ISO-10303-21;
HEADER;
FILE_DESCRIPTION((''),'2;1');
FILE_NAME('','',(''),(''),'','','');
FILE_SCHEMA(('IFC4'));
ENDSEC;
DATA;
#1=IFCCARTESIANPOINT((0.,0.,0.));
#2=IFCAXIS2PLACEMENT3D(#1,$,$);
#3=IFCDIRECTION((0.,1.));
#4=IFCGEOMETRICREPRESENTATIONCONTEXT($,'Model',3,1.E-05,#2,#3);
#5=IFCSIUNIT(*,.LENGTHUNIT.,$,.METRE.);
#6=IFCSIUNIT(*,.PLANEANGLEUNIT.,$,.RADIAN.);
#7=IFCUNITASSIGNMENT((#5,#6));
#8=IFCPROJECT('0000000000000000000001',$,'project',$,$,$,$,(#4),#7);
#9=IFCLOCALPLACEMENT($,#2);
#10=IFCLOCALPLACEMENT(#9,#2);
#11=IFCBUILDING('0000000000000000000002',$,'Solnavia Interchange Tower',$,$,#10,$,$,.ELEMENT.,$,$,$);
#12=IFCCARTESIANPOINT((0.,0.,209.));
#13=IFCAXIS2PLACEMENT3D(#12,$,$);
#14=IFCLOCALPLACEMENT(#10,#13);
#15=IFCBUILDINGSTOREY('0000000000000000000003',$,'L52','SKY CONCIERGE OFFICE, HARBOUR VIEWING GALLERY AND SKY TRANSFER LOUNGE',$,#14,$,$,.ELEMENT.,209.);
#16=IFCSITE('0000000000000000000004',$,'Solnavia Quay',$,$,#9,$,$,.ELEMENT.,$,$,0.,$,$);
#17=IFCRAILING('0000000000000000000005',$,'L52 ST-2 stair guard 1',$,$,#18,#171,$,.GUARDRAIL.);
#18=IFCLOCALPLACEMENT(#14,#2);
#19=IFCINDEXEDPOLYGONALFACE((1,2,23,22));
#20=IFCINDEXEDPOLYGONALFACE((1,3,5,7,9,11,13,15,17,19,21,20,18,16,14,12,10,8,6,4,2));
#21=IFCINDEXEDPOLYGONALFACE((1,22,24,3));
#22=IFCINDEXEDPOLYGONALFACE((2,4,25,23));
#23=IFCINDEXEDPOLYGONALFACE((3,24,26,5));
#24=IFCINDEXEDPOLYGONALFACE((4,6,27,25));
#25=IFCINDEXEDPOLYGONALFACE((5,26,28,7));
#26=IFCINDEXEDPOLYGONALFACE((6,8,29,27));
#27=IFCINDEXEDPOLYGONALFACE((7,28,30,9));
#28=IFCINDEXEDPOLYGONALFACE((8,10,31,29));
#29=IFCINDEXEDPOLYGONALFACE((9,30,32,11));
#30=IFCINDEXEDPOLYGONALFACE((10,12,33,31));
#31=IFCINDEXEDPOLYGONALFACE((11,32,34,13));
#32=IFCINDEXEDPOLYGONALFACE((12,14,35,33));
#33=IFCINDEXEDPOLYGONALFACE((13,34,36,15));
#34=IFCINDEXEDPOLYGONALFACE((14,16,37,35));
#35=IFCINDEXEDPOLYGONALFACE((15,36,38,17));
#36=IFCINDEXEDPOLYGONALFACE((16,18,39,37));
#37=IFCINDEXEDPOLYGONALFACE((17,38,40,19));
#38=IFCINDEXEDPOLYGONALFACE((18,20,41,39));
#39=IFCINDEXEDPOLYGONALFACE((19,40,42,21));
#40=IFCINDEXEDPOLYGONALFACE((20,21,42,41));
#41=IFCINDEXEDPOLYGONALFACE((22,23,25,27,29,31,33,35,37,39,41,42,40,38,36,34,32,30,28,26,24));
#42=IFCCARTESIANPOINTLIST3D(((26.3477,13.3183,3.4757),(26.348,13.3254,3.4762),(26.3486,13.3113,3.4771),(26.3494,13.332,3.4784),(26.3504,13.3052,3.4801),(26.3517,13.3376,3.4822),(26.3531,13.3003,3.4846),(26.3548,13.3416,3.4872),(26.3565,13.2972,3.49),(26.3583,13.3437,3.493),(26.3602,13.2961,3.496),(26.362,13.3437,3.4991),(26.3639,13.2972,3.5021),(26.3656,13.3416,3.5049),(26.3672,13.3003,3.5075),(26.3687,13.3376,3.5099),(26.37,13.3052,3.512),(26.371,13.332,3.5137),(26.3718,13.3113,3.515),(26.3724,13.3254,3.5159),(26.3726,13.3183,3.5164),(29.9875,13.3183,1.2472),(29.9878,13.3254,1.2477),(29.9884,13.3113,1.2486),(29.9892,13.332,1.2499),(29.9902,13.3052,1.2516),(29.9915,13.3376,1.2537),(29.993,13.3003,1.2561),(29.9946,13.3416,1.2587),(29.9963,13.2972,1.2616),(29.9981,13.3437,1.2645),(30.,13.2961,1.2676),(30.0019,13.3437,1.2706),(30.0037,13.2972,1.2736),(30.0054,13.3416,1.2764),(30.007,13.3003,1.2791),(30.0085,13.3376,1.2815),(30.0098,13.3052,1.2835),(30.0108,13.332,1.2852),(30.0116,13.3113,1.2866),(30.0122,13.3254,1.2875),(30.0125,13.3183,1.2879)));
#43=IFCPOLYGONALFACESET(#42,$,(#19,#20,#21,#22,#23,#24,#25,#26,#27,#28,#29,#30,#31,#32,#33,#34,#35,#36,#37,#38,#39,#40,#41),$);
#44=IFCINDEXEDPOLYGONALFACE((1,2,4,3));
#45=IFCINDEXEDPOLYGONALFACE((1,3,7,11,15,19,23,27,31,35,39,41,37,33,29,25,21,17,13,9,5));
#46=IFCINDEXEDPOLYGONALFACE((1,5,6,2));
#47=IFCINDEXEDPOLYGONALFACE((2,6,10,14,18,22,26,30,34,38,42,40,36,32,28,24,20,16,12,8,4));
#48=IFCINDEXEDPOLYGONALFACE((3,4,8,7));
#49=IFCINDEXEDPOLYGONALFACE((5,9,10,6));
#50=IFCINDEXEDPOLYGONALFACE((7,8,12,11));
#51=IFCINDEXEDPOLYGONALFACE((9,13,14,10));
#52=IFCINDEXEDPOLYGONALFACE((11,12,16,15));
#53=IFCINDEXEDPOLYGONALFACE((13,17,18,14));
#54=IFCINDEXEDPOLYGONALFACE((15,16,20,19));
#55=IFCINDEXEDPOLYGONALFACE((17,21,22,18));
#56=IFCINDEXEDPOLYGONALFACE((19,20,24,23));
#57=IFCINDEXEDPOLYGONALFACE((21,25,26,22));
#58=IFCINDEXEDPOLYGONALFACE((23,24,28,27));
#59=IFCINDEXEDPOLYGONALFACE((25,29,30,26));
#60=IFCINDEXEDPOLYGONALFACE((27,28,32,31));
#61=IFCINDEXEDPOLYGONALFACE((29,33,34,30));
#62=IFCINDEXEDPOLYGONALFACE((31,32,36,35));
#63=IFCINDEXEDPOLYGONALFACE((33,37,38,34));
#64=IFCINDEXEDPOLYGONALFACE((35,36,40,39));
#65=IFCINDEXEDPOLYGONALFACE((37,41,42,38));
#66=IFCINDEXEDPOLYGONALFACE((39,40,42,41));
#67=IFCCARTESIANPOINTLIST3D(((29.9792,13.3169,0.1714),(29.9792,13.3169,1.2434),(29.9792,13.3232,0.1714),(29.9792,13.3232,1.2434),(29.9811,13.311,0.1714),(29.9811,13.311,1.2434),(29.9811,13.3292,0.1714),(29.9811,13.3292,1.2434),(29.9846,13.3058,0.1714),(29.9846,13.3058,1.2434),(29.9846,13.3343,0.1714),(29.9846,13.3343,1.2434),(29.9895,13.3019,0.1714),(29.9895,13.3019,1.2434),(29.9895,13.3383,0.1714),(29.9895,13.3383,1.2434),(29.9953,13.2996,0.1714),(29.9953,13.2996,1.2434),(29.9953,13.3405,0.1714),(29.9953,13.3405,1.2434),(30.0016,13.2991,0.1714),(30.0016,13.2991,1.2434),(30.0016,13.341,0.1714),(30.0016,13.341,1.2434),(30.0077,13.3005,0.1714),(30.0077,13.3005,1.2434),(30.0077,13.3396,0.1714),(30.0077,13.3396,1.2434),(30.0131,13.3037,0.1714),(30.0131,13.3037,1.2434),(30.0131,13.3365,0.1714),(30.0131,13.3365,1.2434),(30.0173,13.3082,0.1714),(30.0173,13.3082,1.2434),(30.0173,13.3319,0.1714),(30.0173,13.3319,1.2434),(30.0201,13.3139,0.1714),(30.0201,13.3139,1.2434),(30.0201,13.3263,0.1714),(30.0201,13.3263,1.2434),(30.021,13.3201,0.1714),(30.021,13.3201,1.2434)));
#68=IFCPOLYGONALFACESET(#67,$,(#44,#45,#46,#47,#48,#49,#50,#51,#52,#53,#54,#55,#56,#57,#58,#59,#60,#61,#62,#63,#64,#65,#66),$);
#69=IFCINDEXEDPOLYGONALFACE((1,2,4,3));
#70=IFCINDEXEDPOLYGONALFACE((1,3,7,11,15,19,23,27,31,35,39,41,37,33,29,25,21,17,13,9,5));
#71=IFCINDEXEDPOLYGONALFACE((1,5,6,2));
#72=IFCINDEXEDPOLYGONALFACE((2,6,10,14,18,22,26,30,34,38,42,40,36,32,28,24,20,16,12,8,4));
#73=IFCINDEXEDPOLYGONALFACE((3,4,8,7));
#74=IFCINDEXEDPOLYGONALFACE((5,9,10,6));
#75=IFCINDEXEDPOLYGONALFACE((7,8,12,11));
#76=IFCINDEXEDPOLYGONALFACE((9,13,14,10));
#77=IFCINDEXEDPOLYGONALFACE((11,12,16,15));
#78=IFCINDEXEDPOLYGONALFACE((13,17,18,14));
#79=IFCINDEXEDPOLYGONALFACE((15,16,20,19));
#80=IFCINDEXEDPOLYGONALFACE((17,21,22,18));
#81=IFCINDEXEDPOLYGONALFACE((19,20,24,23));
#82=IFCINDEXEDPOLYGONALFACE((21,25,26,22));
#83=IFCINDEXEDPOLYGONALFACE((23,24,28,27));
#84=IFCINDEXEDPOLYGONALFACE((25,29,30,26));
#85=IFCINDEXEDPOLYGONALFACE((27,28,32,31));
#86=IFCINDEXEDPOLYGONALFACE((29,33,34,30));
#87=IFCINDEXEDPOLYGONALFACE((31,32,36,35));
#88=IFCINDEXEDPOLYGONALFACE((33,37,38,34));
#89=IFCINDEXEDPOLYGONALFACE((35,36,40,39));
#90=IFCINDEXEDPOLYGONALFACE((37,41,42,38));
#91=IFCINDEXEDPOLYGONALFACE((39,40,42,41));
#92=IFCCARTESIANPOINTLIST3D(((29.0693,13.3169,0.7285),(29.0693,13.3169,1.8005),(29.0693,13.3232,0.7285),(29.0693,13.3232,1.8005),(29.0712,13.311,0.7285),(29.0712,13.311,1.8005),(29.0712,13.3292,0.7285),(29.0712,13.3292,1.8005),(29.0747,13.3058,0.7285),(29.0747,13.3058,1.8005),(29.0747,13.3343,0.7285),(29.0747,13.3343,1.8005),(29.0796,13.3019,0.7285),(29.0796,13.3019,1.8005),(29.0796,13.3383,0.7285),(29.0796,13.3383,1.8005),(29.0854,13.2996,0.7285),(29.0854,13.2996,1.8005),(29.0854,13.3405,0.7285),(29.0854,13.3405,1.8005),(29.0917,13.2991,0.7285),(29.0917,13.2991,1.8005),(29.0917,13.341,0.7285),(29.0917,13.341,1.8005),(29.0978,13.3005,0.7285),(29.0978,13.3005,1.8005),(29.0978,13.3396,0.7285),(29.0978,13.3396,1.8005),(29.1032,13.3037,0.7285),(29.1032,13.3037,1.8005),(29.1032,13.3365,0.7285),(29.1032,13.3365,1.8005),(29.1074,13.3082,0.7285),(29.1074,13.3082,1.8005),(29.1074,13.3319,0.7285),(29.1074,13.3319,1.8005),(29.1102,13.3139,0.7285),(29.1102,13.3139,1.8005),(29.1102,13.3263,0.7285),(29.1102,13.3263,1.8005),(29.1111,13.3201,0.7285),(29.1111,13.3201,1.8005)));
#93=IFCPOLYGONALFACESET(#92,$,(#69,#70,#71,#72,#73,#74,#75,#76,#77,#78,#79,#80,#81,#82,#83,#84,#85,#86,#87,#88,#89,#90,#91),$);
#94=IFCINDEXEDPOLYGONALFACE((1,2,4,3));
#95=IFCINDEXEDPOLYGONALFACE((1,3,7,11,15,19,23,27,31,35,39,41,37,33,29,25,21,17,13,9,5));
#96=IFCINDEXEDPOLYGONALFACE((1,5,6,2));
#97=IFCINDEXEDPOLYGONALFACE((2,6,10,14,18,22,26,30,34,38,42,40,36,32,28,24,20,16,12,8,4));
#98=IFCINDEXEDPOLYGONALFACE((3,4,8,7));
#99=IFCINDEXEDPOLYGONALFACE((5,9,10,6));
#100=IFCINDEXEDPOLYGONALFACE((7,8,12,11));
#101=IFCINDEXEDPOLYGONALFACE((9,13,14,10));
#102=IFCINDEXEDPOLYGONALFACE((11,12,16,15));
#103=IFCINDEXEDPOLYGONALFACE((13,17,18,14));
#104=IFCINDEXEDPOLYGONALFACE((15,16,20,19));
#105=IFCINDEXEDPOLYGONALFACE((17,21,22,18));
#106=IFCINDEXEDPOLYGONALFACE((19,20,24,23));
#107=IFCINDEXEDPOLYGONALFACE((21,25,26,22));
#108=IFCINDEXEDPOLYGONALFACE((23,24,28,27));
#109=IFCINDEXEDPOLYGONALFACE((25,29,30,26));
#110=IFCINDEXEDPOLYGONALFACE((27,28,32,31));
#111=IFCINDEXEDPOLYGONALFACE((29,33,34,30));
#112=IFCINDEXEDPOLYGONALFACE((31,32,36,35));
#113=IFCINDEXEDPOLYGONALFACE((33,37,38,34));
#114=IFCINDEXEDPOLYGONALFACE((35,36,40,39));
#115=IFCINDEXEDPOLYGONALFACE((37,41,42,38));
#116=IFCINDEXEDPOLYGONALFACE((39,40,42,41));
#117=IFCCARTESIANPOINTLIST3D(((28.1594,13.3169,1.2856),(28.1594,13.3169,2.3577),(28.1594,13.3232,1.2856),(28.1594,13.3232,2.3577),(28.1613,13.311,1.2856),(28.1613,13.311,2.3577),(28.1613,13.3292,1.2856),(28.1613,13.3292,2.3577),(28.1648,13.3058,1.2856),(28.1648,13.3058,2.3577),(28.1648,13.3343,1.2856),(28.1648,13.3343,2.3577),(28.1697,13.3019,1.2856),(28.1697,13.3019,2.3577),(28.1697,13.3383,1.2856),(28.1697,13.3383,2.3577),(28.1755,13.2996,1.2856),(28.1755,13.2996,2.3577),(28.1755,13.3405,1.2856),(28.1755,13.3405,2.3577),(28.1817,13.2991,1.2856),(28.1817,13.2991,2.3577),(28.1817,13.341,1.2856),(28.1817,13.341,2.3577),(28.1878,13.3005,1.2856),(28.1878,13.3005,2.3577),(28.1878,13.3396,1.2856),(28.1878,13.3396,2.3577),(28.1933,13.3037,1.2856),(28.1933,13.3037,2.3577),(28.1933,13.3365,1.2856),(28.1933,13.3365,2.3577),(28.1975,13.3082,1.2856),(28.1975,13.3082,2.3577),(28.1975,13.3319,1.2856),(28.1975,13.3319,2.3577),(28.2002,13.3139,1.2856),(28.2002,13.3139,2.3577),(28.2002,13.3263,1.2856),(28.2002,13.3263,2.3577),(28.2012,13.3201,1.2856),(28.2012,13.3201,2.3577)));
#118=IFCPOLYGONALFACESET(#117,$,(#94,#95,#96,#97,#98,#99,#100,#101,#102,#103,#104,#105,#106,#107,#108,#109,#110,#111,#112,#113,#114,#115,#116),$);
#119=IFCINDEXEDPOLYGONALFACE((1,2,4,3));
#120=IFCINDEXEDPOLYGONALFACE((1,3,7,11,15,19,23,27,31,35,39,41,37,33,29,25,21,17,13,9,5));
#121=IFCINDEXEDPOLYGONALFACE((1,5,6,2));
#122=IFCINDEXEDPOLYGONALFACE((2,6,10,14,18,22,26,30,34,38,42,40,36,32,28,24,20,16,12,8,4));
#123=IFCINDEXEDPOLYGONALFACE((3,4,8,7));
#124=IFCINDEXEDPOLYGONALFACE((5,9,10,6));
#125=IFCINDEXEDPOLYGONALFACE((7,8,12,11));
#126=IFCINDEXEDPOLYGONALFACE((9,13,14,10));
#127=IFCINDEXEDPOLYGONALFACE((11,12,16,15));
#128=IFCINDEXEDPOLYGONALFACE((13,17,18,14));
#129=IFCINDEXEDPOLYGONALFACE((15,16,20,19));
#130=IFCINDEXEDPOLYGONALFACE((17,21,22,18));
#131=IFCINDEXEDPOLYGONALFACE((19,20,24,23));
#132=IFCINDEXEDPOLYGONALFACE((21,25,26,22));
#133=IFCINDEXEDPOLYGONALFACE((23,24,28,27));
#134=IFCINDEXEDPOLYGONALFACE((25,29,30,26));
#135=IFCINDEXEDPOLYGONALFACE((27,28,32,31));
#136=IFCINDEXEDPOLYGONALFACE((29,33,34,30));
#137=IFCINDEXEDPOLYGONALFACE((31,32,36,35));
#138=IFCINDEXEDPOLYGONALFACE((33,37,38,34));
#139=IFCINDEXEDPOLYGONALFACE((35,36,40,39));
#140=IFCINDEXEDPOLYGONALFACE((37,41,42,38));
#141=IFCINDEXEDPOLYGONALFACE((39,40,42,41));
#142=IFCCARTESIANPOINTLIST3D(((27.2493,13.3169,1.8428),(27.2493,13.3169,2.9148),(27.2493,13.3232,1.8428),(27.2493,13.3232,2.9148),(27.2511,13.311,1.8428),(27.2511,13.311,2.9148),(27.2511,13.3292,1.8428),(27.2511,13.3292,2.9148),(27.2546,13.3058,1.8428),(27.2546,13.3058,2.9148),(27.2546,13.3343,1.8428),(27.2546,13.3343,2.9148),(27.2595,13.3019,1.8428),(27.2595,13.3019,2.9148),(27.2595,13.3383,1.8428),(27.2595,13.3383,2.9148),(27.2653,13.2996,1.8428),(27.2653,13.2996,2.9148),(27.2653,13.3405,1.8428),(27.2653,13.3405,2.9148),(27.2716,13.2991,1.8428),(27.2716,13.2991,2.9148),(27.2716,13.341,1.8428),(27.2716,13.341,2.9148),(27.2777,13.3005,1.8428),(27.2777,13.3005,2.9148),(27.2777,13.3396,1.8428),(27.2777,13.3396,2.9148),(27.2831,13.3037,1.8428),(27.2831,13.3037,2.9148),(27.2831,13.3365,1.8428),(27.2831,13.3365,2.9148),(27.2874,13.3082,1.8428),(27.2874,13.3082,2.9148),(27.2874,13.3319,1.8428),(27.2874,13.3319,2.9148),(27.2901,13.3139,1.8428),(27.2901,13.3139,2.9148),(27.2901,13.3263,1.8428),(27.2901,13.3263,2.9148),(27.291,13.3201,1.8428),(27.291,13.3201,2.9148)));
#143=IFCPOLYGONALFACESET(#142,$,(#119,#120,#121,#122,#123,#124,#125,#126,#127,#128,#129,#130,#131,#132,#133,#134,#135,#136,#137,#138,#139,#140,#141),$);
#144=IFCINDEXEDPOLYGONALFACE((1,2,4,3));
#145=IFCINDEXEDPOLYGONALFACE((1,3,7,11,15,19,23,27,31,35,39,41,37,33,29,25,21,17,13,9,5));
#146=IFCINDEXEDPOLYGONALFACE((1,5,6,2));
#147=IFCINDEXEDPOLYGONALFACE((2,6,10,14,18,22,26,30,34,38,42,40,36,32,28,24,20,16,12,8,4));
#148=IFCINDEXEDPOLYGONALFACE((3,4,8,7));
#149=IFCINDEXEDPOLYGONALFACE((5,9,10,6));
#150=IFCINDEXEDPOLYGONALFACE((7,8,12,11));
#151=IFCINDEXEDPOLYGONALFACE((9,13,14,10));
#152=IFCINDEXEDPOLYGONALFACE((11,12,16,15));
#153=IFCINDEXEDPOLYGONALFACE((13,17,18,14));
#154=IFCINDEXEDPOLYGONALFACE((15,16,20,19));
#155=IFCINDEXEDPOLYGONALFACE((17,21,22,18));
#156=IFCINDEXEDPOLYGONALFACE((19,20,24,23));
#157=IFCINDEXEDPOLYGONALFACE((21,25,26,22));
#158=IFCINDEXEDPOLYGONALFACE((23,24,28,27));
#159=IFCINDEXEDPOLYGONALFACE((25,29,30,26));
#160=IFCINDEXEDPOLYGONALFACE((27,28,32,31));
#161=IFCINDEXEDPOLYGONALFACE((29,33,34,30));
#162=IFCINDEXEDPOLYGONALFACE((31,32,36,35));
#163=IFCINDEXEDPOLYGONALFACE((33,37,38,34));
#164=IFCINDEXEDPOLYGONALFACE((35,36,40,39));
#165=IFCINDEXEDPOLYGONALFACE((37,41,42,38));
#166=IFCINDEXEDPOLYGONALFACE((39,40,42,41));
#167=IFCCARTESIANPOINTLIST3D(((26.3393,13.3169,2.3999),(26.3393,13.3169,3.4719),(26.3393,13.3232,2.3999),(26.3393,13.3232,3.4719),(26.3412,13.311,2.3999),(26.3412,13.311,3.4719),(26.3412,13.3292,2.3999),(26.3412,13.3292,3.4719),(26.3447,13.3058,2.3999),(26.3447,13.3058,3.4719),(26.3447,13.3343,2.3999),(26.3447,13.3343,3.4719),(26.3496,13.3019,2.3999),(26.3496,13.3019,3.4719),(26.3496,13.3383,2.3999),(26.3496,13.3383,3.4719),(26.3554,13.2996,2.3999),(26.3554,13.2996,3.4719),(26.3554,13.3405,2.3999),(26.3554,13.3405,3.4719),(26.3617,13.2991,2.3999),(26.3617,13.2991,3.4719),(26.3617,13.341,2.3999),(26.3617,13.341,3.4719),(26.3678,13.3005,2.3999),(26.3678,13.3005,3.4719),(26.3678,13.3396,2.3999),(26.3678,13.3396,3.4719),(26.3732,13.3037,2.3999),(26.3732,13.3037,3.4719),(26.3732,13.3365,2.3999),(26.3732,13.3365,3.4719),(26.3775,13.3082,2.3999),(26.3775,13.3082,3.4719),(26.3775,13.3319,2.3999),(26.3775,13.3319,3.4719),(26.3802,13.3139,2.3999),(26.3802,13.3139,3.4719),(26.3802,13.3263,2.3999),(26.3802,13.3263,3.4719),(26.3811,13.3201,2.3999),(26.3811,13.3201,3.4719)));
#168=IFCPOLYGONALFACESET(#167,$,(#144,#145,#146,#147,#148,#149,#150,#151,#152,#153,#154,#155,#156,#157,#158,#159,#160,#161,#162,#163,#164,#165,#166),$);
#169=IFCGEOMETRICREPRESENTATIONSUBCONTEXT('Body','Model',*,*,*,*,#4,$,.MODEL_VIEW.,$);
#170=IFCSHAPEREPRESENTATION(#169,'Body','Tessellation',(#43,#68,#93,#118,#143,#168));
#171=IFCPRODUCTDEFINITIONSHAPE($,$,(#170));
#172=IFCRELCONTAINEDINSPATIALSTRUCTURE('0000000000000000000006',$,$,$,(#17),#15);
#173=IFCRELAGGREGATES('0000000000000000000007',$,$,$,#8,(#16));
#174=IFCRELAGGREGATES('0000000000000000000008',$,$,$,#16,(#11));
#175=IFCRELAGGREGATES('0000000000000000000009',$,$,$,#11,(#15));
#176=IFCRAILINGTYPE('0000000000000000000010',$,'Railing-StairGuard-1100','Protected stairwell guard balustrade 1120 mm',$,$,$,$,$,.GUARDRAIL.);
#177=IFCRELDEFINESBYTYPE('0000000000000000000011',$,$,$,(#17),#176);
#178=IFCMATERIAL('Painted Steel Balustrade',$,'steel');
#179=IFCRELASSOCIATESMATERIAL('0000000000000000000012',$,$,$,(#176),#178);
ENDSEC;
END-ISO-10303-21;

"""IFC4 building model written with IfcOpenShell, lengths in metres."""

from ifc_helpers import new_model, si_unit, direction, frame, origin, origin_2d, place, context, subcontext, project, spatial, circle, extrude, material, type_object, element, save


model = new_model("IFC4")

# Units and contexts
model_context = context("Model", 3, precision=1e-05, world=origin(), true_north=direction((0.0, 1.0)))
body_context = subcontext(model_context, "Body", "Model", "MODEL_VIEW")
ifc_project = project(units=[si_unit("LENGTHUNIT", "METRE"), si_unit("PLANEANGLEUNIT", "RADIAN")], contexts=[model_context])

# Site, building, storey
site_placement = place(None, origin())
site = spatial("IfcSite", under=ifc_project, at=site_placement, Name="Solnavia Quay", CompositionType="ELEMENT", RefElevation=0.0)
building_placement = place(site_placement, origin())
building = spatial("IfcBuilding", under=site, at=building_placement, Name="Solnavia Interchange Tower", CompositionType="ELEMENT")
storey_placement = place(building_placement, frame((0.0, 0.0, 209.0)))
storey = spatial("IfcBuildingStorey", under=building, at=storey_placement, Name="L52", Description="SKY CONCIERGE OFFICE, HARBOUR VIEWING GALLERY AND SKY TRANSFER LOUNGE", CompositionType="ELEMENT", Elevation=209.0)

# Railing
ifc_material_1 = material(Name="Painted Steel Balustrade", Category="steel")
railing_type_1 = type_object("IfcRailingType", Name="Railing-StairGuard-1100", Description="Protected stairwell guard balustrade 1120 mm", PredefinedType="GUARDRAIL", material=ifc_material_1)
railing_1_placement = place(storey_placement, frame((30.0, 13.3201, 0.1714)))
element("IfcRailing", 1, at=railing_1_placement, inside=storey, type_object=railing_type_1, Name="L52 ST-2 stair guard 1", PredefinedType="GUARDRAIL", context=body_context, shape_type="SweptSolid", body=[
    extrude(circle(Radius=0.0239, at=origin_2d()), frame((0.0, 0.0, 1.0962), z_axis=(-0.85285, 0.0, 0.522156), x_axis=(0.0, -1.0, 0.0)), (0.0, 0.0, 1.0), 4.2678),
    extrude(circle(Radius=0.021, at=origin_2d()), origin(), (0.0, 0.0, 1.0), 1.072),
    extrude(circle(Radius=0.021, at=origin_2d()), frame((-0.9099, 0.0, 0.5571)), (0.0, 0.0, 1.0), 1.072),
    extrude(circle(Radius=0.021, at=origin_2d()), frame((-1.8198, 0.0, 1.1143)), (0.0, 0.0, 1.0), 1.072),
    extrude(circle(Radius=0.021, at=origin_2d()), frame((-2.73, 0.0, 1.6714)), (0.0, 0.0, 1.0), 1.072),
    extrude(circle(Radius=0.021, at=origin_2d()), frame((-3.6399, 0.0, 2.2285)), (0.0, 0.0, 1.0), 1.072),
])

save(model, "model.ifc")
